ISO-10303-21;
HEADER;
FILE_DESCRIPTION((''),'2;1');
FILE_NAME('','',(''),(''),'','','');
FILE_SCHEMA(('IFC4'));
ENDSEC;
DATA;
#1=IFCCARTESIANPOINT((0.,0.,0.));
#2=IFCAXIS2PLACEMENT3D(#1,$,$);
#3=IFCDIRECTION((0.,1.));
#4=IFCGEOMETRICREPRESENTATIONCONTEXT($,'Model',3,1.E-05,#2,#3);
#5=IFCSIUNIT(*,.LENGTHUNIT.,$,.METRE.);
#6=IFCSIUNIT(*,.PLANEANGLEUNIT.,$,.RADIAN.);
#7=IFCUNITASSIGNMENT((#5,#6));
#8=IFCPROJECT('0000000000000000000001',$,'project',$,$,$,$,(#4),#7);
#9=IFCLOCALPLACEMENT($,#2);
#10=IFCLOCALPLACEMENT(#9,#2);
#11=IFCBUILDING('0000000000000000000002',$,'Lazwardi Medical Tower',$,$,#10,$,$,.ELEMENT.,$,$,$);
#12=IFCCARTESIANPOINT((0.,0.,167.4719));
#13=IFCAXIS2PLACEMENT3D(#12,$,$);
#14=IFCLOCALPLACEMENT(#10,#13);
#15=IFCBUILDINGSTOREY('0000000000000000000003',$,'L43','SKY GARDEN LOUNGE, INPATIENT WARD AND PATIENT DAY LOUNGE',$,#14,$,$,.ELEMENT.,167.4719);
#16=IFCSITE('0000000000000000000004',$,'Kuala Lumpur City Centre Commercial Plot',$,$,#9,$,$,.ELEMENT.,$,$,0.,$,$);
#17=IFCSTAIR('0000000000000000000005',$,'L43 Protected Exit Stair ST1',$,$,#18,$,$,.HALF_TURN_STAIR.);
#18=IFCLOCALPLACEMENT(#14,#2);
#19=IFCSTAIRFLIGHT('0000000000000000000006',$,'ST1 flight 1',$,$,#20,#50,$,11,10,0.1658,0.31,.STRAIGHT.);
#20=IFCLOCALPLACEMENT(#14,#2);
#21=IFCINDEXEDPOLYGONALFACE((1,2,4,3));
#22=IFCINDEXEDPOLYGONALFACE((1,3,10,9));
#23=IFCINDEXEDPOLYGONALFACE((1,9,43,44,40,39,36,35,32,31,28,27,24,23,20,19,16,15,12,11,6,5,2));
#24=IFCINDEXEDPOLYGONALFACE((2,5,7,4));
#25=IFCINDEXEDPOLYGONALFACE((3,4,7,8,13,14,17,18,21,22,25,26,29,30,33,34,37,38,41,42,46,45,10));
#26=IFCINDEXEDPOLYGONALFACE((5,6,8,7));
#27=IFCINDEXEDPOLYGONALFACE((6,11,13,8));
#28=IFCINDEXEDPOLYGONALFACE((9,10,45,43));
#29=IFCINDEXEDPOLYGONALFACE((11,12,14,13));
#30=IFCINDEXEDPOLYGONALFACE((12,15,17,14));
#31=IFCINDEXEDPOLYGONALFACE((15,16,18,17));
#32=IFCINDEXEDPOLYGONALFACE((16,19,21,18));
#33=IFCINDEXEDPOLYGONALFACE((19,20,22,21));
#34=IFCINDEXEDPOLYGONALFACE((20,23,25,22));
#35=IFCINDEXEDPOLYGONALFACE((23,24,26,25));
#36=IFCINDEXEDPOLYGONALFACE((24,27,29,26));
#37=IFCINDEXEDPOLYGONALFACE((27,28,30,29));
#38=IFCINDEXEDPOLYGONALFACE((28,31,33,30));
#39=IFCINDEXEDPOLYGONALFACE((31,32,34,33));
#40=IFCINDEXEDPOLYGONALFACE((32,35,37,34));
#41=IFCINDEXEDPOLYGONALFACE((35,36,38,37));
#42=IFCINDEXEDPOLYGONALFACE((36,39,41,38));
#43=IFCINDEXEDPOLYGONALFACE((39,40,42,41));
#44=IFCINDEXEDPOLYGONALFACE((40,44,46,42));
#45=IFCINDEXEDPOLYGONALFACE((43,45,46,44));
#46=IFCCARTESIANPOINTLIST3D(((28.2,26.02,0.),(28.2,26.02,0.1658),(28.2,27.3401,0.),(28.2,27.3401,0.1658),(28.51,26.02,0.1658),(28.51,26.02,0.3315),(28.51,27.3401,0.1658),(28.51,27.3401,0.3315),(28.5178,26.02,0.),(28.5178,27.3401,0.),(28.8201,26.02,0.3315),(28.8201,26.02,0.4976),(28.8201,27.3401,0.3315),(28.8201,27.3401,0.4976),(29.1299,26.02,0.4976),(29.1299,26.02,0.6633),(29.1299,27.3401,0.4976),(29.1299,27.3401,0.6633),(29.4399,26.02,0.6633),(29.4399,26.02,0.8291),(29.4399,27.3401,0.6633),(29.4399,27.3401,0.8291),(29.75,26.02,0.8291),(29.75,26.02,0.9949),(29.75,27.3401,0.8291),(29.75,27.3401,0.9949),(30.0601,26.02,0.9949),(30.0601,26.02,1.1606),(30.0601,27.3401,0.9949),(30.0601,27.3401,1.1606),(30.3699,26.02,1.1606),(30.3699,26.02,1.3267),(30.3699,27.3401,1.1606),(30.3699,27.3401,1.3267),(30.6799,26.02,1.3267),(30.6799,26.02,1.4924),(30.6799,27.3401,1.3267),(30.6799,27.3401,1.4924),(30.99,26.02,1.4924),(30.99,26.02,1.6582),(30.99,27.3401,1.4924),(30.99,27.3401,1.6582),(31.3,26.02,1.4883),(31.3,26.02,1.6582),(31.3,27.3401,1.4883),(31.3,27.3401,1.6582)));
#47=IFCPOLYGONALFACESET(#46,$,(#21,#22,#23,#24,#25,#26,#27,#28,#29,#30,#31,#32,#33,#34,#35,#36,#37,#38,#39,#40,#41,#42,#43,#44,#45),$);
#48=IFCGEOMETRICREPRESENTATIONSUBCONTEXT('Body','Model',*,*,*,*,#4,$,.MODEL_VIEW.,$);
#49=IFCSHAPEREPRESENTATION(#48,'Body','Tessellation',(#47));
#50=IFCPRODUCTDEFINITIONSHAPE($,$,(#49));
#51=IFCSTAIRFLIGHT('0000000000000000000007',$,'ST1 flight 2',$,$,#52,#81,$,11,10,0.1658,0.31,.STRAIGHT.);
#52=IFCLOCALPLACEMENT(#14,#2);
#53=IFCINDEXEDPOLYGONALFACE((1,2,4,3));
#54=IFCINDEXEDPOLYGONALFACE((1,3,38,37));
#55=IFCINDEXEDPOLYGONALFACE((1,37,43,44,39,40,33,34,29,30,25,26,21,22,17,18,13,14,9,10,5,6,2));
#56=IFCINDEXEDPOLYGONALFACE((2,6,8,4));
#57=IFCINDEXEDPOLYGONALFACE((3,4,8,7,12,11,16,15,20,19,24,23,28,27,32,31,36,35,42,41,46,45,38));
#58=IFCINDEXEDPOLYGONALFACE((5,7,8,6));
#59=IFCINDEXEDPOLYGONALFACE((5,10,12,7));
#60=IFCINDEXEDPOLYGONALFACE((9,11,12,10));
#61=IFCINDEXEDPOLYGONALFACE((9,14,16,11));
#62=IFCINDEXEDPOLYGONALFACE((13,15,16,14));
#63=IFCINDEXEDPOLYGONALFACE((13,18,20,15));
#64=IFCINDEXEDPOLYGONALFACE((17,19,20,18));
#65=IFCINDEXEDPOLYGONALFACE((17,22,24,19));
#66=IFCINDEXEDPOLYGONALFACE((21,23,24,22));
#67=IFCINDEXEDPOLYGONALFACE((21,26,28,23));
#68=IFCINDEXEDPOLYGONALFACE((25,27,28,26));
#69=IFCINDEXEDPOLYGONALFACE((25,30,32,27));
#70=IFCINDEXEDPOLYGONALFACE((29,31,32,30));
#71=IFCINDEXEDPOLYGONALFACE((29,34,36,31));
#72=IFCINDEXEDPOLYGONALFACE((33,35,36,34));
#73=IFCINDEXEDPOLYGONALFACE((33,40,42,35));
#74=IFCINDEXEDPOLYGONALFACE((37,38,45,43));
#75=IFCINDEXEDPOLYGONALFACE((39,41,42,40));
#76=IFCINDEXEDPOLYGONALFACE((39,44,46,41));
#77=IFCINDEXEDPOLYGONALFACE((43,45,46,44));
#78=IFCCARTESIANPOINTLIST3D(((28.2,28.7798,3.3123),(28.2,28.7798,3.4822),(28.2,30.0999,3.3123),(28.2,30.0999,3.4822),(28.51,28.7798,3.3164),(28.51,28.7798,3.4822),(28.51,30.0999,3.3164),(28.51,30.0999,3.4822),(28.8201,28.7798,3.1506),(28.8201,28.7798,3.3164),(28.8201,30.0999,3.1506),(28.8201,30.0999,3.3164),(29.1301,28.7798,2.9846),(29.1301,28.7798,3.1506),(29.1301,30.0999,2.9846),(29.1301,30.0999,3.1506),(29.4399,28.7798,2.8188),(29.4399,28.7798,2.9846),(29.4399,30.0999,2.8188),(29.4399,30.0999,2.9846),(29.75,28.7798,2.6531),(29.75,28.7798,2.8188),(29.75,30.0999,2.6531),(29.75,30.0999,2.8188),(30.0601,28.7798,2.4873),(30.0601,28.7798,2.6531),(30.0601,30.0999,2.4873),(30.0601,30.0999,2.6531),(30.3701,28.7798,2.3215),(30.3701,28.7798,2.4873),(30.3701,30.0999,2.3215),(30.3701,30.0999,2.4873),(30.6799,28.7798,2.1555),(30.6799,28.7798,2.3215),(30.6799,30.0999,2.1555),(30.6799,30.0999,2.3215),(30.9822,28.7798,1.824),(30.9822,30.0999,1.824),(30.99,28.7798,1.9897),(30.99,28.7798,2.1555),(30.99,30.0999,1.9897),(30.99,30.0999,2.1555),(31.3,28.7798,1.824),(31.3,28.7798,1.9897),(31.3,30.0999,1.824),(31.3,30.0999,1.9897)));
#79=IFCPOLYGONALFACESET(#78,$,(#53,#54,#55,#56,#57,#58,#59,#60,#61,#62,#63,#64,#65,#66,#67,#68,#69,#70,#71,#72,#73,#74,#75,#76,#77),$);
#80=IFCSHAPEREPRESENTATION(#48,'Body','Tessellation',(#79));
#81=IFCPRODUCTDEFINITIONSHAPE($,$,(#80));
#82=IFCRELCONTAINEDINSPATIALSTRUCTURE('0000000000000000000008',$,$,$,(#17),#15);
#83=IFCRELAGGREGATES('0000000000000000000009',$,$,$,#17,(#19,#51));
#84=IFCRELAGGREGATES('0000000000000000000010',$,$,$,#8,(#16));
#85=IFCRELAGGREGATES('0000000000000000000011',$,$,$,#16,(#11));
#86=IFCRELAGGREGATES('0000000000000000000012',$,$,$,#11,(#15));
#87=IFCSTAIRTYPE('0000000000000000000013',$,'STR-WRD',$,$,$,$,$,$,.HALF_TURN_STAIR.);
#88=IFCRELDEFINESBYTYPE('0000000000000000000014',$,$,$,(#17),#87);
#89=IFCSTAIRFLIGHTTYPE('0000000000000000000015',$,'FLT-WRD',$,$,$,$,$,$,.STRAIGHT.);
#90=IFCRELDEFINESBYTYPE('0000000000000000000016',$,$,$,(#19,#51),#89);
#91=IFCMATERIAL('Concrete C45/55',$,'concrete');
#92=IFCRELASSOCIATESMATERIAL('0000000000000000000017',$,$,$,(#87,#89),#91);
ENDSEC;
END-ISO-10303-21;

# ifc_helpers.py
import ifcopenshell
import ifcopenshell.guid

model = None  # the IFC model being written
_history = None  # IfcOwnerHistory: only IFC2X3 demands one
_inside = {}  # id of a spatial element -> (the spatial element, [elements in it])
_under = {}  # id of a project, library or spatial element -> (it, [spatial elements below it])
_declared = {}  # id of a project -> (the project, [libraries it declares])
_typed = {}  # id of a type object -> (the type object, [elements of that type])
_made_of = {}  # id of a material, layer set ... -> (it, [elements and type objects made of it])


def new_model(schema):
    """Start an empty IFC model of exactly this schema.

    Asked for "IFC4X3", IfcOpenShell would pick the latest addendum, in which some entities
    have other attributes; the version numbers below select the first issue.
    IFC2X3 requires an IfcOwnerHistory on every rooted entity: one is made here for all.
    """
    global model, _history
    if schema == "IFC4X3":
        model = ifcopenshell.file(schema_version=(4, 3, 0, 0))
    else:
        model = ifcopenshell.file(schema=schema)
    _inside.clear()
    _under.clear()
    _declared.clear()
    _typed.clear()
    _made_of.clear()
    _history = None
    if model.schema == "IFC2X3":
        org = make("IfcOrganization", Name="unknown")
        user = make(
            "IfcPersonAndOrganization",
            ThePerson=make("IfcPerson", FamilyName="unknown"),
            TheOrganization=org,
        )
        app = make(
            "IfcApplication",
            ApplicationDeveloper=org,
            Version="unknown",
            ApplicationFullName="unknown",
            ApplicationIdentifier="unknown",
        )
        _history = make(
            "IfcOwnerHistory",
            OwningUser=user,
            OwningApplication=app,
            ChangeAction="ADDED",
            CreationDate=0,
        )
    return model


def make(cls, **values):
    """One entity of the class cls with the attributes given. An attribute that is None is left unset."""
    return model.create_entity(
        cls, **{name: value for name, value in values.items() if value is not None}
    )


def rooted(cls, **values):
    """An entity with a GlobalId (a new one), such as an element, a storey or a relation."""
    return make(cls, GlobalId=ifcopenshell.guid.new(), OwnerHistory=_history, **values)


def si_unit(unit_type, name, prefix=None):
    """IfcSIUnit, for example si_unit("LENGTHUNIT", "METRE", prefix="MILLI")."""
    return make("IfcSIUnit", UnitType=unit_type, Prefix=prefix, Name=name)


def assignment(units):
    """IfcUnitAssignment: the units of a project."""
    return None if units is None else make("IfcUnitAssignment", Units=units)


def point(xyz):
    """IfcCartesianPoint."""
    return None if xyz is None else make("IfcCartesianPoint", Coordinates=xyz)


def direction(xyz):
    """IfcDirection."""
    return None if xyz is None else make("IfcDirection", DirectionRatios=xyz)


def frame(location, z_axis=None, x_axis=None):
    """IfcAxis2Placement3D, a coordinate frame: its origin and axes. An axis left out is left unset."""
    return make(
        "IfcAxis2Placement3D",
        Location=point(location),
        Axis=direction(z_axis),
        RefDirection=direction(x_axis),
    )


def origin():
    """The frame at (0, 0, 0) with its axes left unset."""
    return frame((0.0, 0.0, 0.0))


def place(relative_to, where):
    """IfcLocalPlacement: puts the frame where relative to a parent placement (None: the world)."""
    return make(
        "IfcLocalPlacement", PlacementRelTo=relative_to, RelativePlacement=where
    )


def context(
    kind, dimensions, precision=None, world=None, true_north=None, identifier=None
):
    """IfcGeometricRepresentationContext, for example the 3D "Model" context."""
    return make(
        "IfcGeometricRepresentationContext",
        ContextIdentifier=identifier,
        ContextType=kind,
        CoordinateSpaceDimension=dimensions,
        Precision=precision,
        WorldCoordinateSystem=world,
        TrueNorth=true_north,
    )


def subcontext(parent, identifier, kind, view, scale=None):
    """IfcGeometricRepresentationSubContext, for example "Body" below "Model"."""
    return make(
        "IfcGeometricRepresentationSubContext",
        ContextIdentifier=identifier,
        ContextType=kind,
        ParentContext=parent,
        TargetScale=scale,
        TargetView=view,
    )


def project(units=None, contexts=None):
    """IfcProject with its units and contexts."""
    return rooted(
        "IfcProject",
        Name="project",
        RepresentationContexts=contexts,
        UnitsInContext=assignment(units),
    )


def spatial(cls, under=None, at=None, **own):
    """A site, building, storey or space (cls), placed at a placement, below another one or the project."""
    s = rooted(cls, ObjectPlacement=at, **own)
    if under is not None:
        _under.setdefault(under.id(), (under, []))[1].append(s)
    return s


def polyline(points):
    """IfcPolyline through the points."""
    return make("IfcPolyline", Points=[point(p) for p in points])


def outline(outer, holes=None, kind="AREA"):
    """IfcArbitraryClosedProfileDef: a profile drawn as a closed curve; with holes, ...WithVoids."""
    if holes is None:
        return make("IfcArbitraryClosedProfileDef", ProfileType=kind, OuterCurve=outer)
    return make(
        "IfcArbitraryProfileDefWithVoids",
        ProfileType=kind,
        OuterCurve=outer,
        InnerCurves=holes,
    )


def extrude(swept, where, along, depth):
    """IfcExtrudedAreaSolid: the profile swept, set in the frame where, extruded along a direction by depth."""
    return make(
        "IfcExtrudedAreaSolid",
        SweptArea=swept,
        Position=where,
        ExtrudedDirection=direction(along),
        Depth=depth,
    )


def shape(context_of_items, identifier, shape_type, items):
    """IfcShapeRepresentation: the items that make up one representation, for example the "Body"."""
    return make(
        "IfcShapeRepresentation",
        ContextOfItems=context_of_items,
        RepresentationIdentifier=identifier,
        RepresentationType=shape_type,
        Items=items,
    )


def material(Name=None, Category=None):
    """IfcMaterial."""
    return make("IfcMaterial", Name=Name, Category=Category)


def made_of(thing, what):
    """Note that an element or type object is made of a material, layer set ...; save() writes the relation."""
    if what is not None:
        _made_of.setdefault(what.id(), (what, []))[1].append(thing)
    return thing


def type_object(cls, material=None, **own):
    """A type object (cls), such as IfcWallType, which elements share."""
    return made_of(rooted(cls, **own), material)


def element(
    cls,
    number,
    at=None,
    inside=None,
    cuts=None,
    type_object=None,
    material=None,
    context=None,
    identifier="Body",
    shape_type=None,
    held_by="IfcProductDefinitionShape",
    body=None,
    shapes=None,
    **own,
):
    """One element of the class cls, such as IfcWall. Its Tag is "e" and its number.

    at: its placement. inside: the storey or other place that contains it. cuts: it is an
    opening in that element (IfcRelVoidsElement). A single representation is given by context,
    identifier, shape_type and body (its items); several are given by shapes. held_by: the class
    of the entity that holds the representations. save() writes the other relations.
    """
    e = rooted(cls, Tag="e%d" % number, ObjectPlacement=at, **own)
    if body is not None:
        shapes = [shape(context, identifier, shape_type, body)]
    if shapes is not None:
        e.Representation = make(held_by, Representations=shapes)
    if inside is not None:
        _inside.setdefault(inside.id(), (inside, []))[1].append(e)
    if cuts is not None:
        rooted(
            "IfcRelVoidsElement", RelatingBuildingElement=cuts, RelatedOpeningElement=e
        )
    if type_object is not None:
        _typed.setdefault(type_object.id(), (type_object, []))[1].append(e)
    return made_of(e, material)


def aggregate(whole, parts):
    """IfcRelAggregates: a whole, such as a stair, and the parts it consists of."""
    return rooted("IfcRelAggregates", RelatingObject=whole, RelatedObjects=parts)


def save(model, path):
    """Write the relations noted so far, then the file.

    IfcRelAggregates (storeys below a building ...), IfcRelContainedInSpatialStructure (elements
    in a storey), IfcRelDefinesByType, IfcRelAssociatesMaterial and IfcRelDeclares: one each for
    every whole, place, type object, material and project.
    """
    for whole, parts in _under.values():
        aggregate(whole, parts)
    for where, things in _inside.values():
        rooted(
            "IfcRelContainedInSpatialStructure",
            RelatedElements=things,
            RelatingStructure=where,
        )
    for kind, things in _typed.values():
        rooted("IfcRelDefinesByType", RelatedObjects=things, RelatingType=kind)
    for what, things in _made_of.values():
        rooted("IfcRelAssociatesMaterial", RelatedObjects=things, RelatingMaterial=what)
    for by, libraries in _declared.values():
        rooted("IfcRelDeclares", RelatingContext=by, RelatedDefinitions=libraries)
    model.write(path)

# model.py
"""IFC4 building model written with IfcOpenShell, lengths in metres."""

from ifc_helpers import new_model, si_unit, direction, frame, origin, place, context, subcontext, project, spatial, polyline, outline, extrude, material, type_object, element, aggregate, save


model = new_model("IFC4")

# Units and contexts
model_context = context("Model", 3, precision=1e-05, world=origin(), true_north=direction((0.0, 1.0)))
body_context = subcontext(model_context, "Body", "Model", "MODEL_VIEW")
ifc_project = project(units=[si_unit("LENGTHUNIT", "METRE"), si_unit("PLANEANGLEUNIT", "RADIAN")], contexts=[model_context])

# Site, building, storey
site_placement = place(None, origin())
site = spatial("IfcSite", under=ifc_project, at=site_placement, Name="Kuala Lumpur City Centre Commercial Plot", CompositionType="ELEMENT", RefElevation=0.0)
building_placement = place(site_placement, origin())
building = spatial("IfcBuilding", under=site, at=building_placement, Name="Lazwardi Medical Tower", CompositionType="ELEMENT")
storey_placement = place(building_placement, frame((0.0, 0.0, 167.4719)))
storey = spatial("IfcBuildingStorey", under=building, at=storey_placement, Name="L43", Description="SKY GARDEN LOUNGE, INPATIENT WARD AND PATIENT DAY LOUNGE", CompositionType="ELEMENT", Elevation=167.4719)

# Stair, stair flights
ifc_material_1 = material(Name="Concrete C45/55", Category="concrete")
stair_type = type_object("IfcStairType", Name="STR-WRD", PredefinedType="HALF_TURN_STAIR", material=ifc_material_1)
stair_placement = place(storey_placement, origin())
stair = element("IfcStair", 1, at=stair_placement, inside=storey, type_object=stair_type, Name="L43 Protected Exit Stair ST1", PredefinedType="HALF_TURN_STAIR")
stair_flight_type = type_object("IfcStairFlightType", Name="FLT-WRD", PredefinedType="STRAIGHT", material=ifc_material_1)
stair_flight_1_placement = place(storey_placement, frame((28.2, 26.6799, 0.0), z_axis=(0.0, 0.0, 1.0), x_axis=(1.0, 0.0, 0.0)))
stair_flight_1 = element("IfcStairFlight", 2, at=stair_flight_1_placement, type_object=stair_flight_type, Name="ST1 flight 1", NumberOfRisers=11, NumberOfTreads=10, PredefinedType="STRAIGHT", RiserHeight=0.1658, TreadLength=0.31, context=body_context, shape_type="SweptSolid", body=[
    extrude(outline(polyline([(0.0, 0.0), (0.0, 0.1658), (0.3101, 0.1658), (0.3101, 0.3315), (0.6201, 0.3315), (0.6201, 0.4976), (0.9299, 0.4976), (0.9299, 0.6633), (1.24, 0.6633), (1.24, 0.8291), (1.55, 0.8291), (1.55, 0.9949), (1.8601, 0.9949), (1.8601, 1.1606), (2.1699, 1.1606), (2.1699, 1.3267), (2.48, 1.3267), (2.48, 1.4924), (2.79, 1.4924), (2.79, 1.6582), (3.1001, 1.6582), (3.1001, 1.824), (3.1001, 1.4883), (0.3179, 0.0), (0.0, 0.0)])), frame((0.0, 0.6602, 0.0), z_axis=(0.0, -1.0, 0.0), x_axis=(1.0, 0.0, 0.0)), (0.0, 0.0, 1.0), 1.3201),
])
stair_flight_2_placement = place(storey_placement, frame((31.3, 29.4399, 1.824), z_axis=(0.0, 0.0, 1.0), x_axis=(-1.0, 0.0, 0.0)))
stair_flight_2 = element("IfcStairFlight", 3, at=stair_flight_2_placement, type_object=stair_flight_type, Name="ST1 flight 2", NumberOfRisers=11, NumberOfTreads=10, PredefinedType="STRAIGHT", RiserHeight=0.1658, TreadLength=0.31, context=body_context, shape_type="SweptSolid", body=[
    extrude(outline(polyline([(0.0, 0.0), (0.0, 0.1658), (0.3101, 0.1658), (0.3101, 0.3315), (0.6201, 0.3315), (0.6201, 0.4976), (0.9299, 0.4976), (0.9299, 0.6633), (1.24, 0.6633), (1.24, 0.8291), (1.55, 0.8291), (1.55, 0.9949), (1.8601, 0.9949), (1.8601, 1.1606), (2.1699, 1.1606), (2.1699, 1.3267), (2.48, 1.3267), (2.48, 1.4924), (2.79, 1.4924), (2.79, 1.6582), (3.1001, 1.6582), (3.1001, 1.824), (3.1001, 1.4883), (0.3179, 0.0), (0.0, 0.0)])), frame((0.0, 0.6602, 0.0), z_axis=(0.0, -1.0, 0.0), x_axis=(1.0, 0.0, 0.0)), (0.0, 0.0, 1.0), 1.3201),
])
aggregate(stair, [stair_flight_1, stair_flight_2])

save(model, "model.ifc")
